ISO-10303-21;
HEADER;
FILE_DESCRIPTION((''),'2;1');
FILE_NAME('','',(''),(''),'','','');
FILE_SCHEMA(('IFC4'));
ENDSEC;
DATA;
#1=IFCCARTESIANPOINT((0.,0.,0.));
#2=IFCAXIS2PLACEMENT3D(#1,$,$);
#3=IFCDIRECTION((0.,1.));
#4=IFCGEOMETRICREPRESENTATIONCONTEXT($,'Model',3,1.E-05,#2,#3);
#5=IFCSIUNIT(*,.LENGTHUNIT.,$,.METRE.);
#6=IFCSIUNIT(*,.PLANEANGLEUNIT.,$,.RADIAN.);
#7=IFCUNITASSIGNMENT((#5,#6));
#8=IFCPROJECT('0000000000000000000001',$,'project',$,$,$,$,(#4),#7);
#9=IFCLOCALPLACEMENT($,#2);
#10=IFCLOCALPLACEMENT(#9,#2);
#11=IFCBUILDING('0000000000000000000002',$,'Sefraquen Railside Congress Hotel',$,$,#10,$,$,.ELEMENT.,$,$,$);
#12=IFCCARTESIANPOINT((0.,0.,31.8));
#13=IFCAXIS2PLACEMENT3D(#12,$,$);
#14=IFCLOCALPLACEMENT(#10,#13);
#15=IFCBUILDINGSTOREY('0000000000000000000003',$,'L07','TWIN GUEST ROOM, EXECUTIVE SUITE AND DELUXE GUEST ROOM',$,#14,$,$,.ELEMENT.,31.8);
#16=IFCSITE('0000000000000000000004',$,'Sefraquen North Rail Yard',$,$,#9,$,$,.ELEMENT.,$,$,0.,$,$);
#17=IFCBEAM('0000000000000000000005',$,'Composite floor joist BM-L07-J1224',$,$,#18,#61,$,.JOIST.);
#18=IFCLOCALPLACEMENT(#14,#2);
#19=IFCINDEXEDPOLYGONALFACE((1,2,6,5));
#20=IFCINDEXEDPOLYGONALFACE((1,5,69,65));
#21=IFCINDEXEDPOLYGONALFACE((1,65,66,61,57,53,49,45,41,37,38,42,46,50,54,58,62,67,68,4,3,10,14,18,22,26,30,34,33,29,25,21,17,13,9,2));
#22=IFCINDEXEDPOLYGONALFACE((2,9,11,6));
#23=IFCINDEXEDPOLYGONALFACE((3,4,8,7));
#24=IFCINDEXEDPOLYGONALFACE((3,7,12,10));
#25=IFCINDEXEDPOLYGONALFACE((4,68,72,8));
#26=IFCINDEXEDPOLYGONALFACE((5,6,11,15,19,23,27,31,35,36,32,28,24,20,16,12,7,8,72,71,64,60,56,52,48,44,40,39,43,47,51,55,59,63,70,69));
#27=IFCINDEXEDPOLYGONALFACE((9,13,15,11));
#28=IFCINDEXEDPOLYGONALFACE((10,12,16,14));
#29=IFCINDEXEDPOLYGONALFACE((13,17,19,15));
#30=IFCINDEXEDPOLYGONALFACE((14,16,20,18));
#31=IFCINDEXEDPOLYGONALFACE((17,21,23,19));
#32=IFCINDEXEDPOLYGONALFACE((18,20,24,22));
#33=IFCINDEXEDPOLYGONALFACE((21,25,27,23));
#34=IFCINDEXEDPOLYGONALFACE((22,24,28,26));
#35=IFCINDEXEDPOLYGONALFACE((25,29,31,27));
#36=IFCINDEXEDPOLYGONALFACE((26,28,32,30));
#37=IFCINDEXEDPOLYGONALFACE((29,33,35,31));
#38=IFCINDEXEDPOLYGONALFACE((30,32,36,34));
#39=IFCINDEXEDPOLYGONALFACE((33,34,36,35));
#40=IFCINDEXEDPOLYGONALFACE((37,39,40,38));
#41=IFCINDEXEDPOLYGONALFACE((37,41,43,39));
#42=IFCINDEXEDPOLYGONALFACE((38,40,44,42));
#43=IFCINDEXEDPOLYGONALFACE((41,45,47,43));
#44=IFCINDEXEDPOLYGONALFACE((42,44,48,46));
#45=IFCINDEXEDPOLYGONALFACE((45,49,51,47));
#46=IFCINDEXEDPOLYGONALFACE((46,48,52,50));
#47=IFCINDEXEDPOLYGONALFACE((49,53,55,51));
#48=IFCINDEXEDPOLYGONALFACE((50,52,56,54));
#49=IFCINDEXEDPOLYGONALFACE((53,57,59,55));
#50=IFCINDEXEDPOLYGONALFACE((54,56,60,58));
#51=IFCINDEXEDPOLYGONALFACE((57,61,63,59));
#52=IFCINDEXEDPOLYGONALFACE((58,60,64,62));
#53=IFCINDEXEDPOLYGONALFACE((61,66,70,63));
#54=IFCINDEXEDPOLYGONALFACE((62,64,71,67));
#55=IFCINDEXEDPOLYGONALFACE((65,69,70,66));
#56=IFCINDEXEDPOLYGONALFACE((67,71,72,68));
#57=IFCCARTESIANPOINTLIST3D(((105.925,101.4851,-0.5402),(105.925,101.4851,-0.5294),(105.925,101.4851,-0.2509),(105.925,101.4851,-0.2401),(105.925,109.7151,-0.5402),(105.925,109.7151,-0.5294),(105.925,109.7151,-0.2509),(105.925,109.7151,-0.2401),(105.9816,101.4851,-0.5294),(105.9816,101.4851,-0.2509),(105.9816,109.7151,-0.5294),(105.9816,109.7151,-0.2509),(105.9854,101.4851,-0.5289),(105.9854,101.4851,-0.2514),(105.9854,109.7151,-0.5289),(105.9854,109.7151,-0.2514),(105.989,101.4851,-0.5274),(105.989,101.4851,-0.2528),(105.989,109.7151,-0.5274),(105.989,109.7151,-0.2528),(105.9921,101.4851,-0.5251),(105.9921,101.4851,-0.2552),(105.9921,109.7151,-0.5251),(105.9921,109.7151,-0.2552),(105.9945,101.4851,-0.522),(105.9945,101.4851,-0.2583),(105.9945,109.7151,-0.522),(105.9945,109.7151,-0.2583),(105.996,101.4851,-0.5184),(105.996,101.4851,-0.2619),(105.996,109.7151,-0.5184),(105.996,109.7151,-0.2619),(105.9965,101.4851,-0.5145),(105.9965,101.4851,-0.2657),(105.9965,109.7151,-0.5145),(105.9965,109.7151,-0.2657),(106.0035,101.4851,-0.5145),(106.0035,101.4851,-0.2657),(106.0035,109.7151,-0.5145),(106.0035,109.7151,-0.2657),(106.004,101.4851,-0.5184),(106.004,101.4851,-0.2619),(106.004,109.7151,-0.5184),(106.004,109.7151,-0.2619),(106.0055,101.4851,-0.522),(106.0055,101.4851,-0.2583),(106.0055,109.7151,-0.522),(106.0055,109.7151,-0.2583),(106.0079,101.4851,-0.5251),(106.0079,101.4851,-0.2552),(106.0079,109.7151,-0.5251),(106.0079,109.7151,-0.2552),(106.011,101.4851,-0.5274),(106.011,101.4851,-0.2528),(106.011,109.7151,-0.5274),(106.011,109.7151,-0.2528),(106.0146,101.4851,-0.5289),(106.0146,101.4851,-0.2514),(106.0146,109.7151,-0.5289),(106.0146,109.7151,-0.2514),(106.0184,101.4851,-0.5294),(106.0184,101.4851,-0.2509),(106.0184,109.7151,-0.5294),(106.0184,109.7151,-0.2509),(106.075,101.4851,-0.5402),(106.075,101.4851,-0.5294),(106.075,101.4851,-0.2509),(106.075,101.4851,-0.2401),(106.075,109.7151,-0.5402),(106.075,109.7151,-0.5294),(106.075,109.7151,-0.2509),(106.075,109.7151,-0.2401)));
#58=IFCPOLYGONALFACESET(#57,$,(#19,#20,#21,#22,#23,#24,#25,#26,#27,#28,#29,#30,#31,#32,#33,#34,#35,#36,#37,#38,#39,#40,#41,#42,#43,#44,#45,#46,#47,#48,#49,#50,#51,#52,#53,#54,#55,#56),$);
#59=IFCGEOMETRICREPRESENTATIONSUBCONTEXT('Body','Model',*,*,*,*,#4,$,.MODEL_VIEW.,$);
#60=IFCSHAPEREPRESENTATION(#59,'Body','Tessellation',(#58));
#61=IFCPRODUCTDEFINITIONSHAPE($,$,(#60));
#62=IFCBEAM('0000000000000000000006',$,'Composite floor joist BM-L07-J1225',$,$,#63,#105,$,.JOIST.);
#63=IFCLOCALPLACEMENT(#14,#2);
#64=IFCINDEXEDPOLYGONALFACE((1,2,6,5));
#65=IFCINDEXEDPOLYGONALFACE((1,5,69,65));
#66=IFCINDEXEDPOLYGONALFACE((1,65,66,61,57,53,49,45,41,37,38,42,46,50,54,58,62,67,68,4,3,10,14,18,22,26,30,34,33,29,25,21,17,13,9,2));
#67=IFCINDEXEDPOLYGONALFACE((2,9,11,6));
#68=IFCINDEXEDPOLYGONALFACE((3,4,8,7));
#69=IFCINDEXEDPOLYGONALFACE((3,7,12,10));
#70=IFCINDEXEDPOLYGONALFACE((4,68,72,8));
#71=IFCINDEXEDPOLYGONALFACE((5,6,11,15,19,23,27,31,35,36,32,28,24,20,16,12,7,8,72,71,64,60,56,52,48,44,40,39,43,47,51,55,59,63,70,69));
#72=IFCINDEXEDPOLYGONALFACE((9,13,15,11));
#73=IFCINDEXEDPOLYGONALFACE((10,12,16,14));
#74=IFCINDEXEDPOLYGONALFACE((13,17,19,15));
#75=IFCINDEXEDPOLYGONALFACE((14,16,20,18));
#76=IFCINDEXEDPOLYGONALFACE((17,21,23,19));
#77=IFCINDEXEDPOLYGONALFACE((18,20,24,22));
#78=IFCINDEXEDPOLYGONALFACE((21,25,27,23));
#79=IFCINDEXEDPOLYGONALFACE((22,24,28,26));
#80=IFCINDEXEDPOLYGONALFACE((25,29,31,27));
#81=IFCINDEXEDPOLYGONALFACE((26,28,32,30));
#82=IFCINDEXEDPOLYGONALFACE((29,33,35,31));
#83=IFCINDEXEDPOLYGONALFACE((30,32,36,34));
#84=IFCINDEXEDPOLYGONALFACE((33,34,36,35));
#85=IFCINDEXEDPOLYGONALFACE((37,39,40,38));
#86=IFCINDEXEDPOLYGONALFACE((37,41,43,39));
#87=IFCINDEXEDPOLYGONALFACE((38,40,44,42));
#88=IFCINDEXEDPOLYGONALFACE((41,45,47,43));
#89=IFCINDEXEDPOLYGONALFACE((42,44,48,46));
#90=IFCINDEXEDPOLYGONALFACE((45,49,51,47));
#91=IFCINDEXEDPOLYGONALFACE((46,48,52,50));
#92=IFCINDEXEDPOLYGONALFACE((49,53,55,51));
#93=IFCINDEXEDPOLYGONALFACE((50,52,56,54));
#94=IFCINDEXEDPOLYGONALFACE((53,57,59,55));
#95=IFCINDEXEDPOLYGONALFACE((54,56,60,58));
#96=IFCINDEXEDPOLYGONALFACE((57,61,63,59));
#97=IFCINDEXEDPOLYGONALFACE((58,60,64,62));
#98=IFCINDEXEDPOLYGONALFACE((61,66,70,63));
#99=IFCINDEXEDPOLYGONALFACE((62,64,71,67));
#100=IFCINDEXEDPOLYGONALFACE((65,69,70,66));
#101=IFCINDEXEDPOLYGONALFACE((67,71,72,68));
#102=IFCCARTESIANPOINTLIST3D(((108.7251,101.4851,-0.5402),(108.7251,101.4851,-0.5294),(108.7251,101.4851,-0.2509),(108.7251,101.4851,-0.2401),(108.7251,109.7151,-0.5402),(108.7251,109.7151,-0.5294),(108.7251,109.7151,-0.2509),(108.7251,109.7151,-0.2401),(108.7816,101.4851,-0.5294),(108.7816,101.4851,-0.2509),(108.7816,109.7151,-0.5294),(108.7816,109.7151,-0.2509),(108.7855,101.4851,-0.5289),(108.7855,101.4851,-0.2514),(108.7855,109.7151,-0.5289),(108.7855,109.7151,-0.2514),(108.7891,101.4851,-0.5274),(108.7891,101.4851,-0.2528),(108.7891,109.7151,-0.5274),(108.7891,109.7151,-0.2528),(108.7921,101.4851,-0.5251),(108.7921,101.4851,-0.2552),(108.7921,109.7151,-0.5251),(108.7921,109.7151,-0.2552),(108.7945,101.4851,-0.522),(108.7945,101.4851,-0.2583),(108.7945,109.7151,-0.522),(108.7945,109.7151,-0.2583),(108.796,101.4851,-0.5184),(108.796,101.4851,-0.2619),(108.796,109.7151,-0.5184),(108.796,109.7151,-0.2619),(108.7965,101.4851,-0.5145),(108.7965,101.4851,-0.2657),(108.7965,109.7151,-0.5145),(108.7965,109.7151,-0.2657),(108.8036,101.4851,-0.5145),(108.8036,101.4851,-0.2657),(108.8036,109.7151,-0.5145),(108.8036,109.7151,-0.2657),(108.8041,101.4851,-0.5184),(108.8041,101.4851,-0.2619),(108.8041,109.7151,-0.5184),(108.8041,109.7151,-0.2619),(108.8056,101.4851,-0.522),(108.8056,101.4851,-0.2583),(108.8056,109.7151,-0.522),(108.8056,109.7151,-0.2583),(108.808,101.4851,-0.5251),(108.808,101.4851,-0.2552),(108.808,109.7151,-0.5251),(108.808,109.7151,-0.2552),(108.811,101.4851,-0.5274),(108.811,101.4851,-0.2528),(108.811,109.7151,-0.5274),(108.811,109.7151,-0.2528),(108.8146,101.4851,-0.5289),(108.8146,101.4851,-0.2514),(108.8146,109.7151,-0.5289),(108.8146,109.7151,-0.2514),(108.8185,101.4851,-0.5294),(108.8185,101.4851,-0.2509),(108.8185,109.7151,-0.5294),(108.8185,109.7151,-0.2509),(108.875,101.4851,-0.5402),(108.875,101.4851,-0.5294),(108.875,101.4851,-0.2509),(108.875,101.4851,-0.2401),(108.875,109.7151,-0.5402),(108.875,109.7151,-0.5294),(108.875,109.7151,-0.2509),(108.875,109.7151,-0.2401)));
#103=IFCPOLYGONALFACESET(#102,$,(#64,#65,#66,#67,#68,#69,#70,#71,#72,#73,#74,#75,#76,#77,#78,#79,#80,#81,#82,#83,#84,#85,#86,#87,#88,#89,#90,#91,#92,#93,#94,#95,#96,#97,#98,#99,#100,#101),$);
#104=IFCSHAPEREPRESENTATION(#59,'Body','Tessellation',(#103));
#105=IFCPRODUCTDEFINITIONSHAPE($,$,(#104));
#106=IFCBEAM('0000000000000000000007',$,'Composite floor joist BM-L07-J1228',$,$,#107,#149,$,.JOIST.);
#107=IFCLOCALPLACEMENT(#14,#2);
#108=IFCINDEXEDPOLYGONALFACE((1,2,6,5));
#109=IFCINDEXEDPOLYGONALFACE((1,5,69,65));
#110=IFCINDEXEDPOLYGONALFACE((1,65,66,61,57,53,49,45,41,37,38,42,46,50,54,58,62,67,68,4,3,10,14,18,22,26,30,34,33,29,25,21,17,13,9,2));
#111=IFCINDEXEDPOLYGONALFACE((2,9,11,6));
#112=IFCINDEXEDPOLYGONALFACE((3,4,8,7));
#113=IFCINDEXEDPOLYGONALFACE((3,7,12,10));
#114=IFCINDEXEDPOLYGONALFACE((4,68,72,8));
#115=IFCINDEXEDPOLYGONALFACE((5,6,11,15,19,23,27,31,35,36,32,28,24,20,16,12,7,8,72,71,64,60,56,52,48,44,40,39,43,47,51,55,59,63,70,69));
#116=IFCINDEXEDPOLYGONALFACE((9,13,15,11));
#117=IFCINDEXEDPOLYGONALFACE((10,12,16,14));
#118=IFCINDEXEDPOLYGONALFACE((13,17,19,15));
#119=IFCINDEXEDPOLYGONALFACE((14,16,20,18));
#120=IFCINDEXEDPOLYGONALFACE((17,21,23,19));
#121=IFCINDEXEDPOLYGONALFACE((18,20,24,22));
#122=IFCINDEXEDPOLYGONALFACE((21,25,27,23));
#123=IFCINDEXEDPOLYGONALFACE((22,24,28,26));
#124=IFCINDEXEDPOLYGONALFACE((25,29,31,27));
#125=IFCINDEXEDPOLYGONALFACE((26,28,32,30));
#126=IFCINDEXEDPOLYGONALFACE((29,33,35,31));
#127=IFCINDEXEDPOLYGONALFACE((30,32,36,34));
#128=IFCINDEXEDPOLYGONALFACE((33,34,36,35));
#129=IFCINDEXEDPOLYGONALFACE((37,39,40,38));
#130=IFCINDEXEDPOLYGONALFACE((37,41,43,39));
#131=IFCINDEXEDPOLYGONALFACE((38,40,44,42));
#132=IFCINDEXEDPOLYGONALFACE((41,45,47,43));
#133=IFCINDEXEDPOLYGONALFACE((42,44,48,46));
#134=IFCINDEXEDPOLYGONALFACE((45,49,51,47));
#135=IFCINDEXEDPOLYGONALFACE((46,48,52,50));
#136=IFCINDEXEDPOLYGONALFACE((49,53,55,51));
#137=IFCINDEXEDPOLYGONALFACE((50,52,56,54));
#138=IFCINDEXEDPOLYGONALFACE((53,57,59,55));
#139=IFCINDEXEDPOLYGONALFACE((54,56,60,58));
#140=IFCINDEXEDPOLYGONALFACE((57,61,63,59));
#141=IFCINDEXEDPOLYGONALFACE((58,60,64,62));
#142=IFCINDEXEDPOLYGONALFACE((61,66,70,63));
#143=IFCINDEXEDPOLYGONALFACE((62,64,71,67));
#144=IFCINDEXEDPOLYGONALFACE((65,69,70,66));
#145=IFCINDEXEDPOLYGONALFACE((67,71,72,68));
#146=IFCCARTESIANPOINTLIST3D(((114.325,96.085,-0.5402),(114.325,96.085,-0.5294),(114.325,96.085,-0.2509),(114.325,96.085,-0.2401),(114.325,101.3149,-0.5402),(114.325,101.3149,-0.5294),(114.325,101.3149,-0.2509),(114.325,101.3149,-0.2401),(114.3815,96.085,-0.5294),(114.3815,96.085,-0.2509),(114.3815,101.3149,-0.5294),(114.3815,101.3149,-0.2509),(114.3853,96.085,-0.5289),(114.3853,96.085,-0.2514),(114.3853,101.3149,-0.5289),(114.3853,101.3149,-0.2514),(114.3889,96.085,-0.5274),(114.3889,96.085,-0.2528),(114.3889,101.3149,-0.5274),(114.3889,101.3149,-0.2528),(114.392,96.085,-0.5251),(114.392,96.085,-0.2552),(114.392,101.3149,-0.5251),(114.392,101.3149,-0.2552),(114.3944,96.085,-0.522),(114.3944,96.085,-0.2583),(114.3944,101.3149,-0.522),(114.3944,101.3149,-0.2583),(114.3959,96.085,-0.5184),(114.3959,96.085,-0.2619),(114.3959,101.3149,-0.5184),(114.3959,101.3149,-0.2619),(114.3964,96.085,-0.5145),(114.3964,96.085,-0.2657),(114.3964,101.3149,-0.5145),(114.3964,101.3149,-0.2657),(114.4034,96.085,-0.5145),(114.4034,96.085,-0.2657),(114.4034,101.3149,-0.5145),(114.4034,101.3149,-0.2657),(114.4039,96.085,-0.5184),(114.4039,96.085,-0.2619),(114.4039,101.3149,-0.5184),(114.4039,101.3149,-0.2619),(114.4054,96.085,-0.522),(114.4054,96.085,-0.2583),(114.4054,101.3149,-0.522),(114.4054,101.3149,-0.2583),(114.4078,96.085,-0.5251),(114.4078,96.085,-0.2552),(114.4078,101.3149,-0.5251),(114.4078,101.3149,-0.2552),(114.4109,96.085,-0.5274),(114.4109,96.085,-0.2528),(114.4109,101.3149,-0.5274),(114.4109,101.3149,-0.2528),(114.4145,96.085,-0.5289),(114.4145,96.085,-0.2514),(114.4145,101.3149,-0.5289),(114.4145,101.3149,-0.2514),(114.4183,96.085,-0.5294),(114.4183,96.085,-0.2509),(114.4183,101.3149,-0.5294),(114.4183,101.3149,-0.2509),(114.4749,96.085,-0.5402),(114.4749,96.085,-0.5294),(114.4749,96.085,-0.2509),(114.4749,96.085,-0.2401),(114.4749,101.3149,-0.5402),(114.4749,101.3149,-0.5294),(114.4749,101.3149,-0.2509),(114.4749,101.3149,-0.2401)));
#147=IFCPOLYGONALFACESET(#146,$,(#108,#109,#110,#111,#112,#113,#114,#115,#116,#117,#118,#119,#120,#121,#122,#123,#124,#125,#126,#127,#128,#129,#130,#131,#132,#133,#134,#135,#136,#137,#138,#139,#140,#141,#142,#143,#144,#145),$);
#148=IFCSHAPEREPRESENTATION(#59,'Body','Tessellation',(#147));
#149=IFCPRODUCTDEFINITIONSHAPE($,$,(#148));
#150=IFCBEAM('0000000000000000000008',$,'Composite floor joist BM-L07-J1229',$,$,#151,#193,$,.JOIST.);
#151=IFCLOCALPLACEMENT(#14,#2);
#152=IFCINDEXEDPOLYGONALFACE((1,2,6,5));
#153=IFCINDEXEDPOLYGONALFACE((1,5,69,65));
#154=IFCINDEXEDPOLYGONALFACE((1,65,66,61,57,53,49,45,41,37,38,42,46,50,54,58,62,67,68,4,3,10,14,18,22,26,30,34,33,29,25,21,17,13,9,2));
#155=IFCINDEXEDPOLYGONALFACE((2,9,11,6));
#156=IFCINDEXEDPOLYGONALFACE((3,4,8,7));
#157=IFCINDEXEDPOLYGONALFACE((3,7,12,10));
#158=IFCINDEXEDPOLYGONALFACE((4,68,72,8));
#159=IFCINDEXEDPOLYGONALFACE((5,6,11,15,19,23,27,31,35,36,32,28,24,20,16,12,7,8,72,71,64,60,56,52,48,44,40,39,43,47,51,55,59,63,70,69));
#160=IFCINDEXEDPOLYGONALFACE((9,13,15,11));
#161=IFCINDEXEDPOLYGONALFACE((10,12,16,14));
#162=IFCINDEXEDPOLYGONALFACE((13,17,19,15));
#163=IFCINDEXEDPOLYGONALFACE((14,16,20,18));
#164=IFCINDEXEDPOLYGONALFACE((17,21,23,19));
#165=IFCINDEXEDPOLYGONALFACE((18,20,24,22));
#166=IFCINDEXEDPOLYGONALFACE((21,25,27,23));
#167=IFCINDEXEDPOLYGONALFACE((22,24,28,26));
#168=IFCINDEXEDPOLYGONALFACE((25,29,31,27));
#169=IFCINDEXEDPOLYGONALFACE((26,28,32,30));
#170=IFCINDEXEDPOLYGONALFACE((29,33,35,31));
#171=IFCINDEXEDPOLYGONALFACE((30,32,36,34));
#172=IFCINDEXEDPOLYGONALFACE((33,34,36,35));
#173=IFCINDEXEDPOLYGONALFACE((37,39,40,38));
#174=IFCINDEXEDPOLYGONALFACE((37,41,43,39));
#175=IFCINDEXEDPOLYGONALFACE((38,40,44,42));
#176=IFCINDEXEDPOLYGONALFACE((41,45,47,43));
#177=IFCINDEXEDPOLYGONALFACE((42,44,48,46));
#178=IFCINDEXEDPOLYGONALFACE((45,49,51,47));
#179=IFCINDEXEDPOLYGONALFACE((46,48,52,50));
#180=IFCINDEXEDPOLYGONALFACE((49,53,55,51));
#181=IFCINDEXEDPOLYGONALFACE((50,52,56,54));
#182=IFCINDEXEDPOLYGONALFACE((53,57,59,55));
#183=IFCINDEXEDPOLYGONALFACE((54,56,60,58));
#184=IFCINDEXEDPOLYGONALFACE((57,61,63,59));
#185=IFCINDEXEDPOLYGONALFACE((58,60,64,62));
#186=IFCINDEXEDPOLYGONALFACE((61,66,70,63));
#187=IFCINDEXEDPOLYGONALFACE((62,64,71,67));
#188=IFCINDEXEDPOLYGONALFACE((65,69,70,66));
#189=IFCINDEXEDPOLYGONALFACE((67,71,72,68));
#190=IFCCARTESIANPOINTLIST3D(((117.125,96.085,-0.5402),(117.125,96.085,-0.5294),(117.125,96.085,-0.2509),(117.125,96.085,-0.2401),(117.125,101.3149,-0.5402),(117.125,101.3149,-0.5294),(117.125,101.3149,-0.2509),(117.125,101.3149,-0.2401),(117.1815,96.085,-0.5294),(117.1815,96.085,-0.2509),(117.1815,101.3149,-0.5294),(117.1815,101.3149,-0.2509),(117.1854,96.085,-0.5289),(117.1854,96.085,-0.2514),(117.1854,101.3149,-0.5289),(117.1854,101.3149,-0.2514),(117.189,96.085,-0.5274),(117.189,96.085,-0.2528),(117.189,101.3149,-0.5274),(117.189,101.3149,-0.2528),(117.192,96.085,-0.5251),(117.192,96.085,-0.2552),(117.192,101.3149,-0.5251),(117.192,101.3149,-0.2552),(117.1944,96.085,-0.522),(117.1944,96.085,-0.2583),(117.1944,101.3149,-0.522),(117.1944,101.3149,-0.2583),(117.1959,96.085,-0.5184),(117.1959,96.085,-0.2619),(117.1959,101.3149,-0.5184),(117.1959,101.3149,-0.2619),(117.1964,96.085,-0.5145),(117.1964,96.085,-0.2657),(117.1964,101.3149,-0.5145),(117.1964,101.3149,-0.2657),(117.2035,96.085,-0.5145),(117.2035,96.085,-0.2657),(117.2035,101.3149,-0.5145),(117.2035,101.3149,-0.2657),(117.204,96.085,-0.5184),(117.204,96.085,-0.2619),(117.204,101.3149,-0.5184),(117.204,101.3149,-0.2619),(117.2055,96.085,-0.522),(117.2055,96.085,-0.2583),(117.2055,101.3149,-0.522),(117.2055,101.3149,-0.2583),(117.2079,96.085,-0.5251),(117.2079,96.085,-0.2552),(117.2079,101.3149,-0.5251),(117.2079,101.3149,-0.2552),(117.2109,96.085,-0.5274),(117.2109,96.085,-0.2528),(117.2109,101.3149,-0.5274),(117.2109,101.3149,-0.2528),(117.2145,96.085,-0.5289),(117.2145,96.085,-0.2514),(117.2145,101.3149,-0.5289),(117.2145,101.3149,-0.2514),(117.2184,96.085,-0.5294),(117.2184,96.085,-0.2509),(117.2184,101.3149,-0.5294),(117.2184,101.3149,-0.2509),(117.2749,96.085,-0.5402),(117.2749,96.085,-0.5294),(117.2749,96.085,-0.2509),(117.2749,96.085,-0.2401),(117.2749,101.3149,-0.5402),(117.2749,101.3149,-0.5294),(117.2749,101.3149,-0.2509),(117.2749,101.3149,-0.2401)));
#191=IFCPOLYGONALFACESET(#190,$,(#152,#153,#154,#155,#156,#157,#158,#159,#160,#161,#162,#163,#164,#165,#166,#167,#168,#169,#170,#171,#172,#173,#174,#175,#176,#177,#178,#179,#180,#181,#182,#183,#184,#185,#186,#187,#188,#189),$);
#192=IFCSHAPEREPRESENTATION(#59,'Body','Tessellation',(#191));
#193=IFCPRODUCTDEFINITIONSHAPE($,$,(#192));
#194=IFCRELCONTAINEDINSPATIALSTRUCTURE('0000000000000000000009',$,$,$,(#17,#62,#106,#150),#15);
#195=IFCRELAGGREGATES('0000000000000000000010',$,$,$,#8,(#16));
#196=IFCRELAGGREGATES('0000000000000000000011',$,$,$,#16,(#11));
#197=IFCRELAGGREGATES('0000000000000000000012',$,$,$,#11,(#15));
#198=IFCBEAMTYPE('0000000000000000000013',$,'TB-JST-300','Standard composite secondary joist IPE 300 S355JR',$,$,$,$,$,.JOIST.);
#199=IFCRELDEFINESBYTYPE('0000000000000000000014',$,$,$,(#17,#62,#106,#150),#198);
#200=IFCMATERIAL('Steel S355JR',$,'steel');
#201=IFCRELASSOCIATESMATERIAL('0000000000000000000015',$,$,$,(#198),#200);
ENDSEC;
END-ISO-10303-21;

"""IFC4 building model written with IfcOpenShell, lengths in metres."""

from ifc_helpers import new_model, si_unit, direction, frame, origin, origin_2d, place, context, subcontext, project, spatial, i_section, extrude, material, material_profile, profile_set, type_object, element, save


model = new_model("IFC4")

# Units and contexts
model_context = context("Model", 3, precision=1e-05, world=origin(), true_north=direction((0.0, 1.0)))
body_context = subcontext(model_context, "Body", "Model", "MODEL_VIEW")
ifc_project = project(units=[si_unit("LENGTHUNIT", "METRE"), si_unit("PLANEANGLEUNIT", "RADIAN")], contexts=[model_context])

# Site, building, storey
site_placement = place(None, origin())
site = spatial("IfcSite", under=ifc_project, at=site_placement, Name="Sefraquen North Rail Yard", CompositionType="ELEMENT", RefElevation=0.0)
building_placement = place(site_placement, origin())
building = spatial("IfcBuilding", under=site, at=building_placement, Name="Sefraquen Railside Congress Hotel", CompositionType="ELEMENT")
storey_placement = place(building_placement, frame((0.0, 0.0, 31.8)))
storey = spatial("IfcBuildingStorey", under=building, at=storey_placement, Name="L07", Description="TWIN GUEST ROOM, EXECUTIVE SUITE AND DELUXE GUEST ROOM", CompositionType="ELEMENT", Elevation=31.8)

# Shared definitions
ifc_material_1 = material(Name="Steel S355JR", Category="steel")

# Beams
ifc_material_profile_1 = material_profile(ifc_material_1, i_section(OverallWidth=0.1499, OverallDepth=0.3, WebThickness=0.0071, FlangeThickness=0.0107, FilletRadius=0.0149, at=origin_2d()), Name="IPE 300")
ifc_profile_set_1 = profile_set([ifc_material_profile_1], Name="Steel S355JR")
beam_type_1 = type_object("IfcBeamType", Name="TB-JST-300", Description="Standard composite secondary joist IPE 300 S355JR", PredefinedType="JOIST", material=ifc_profile_set_1)
for number, where, z_axis, x_axis, name in (
    (1, (106.0, 101.4851, -0.3901), (0.0, 1.0, 0.0), (-1.0, 0.0, 0.0), "Composite floor joist BM-L07-J1224"),
    (2, (108.8, 101.4851, -0.3901), (0.0, 1.0, 0.0), (-1.0, 0.0, 0.0), "Composite floor joist BM-L07-J1225"),
):
    element("IfcBeam", number, at=place(storey_placement, frame(where, z_axis=z_axis, x_axis=x_axis)), inside=storey, type_object=beam_type_1, Name=name, PredefinedType="JOIST", context=body_context, shape_type="SweptSolid", body=[
        extrude(i_section(OverallWidth=0.1499, OverallDepth=0.3, WebThickness=0.0071, FlangeThickness=0.0107, FilletRadius=0.0149, at=origin_2d()), origin(), (0.0, 0.0, 1.0), 8.23),
    ])
for number, where, z_axis, x_axis, name in (
    (3, (114.3999, 96.085, -0.3901), (0.0, 1.0, 0.0), (-1.0, 0.0, 0.0), "Composite floor joist BM-L07-J1228"),
    (4, (117.2, 96.085, -0.3901), (0.0, 1.0, 0.0), (-1.0, 0.0, 0.0), "Composite floor joist BM-L07-J1229"),
):
    element("IfcBeam", number, at=place(storey_placement, frame(where, z_axis=z_axis, x_axis=x_axis)), inside=storey, type_object=beam_type_1, Name=name, PredefinedType="JOIST", context=body_context, shape_type="SweptSolid", body=[
        extrude(i_section(OverallWidth=0.1499, OverallDepth=0.3, WebThickness=0.0071, FlangeThickness=0.0107, FilletRadius=0.0149, at=origin_2d()), origin(), (0.0, 0.0, 1.0), 5.23),
    ])

save(model, "model.ifc")
